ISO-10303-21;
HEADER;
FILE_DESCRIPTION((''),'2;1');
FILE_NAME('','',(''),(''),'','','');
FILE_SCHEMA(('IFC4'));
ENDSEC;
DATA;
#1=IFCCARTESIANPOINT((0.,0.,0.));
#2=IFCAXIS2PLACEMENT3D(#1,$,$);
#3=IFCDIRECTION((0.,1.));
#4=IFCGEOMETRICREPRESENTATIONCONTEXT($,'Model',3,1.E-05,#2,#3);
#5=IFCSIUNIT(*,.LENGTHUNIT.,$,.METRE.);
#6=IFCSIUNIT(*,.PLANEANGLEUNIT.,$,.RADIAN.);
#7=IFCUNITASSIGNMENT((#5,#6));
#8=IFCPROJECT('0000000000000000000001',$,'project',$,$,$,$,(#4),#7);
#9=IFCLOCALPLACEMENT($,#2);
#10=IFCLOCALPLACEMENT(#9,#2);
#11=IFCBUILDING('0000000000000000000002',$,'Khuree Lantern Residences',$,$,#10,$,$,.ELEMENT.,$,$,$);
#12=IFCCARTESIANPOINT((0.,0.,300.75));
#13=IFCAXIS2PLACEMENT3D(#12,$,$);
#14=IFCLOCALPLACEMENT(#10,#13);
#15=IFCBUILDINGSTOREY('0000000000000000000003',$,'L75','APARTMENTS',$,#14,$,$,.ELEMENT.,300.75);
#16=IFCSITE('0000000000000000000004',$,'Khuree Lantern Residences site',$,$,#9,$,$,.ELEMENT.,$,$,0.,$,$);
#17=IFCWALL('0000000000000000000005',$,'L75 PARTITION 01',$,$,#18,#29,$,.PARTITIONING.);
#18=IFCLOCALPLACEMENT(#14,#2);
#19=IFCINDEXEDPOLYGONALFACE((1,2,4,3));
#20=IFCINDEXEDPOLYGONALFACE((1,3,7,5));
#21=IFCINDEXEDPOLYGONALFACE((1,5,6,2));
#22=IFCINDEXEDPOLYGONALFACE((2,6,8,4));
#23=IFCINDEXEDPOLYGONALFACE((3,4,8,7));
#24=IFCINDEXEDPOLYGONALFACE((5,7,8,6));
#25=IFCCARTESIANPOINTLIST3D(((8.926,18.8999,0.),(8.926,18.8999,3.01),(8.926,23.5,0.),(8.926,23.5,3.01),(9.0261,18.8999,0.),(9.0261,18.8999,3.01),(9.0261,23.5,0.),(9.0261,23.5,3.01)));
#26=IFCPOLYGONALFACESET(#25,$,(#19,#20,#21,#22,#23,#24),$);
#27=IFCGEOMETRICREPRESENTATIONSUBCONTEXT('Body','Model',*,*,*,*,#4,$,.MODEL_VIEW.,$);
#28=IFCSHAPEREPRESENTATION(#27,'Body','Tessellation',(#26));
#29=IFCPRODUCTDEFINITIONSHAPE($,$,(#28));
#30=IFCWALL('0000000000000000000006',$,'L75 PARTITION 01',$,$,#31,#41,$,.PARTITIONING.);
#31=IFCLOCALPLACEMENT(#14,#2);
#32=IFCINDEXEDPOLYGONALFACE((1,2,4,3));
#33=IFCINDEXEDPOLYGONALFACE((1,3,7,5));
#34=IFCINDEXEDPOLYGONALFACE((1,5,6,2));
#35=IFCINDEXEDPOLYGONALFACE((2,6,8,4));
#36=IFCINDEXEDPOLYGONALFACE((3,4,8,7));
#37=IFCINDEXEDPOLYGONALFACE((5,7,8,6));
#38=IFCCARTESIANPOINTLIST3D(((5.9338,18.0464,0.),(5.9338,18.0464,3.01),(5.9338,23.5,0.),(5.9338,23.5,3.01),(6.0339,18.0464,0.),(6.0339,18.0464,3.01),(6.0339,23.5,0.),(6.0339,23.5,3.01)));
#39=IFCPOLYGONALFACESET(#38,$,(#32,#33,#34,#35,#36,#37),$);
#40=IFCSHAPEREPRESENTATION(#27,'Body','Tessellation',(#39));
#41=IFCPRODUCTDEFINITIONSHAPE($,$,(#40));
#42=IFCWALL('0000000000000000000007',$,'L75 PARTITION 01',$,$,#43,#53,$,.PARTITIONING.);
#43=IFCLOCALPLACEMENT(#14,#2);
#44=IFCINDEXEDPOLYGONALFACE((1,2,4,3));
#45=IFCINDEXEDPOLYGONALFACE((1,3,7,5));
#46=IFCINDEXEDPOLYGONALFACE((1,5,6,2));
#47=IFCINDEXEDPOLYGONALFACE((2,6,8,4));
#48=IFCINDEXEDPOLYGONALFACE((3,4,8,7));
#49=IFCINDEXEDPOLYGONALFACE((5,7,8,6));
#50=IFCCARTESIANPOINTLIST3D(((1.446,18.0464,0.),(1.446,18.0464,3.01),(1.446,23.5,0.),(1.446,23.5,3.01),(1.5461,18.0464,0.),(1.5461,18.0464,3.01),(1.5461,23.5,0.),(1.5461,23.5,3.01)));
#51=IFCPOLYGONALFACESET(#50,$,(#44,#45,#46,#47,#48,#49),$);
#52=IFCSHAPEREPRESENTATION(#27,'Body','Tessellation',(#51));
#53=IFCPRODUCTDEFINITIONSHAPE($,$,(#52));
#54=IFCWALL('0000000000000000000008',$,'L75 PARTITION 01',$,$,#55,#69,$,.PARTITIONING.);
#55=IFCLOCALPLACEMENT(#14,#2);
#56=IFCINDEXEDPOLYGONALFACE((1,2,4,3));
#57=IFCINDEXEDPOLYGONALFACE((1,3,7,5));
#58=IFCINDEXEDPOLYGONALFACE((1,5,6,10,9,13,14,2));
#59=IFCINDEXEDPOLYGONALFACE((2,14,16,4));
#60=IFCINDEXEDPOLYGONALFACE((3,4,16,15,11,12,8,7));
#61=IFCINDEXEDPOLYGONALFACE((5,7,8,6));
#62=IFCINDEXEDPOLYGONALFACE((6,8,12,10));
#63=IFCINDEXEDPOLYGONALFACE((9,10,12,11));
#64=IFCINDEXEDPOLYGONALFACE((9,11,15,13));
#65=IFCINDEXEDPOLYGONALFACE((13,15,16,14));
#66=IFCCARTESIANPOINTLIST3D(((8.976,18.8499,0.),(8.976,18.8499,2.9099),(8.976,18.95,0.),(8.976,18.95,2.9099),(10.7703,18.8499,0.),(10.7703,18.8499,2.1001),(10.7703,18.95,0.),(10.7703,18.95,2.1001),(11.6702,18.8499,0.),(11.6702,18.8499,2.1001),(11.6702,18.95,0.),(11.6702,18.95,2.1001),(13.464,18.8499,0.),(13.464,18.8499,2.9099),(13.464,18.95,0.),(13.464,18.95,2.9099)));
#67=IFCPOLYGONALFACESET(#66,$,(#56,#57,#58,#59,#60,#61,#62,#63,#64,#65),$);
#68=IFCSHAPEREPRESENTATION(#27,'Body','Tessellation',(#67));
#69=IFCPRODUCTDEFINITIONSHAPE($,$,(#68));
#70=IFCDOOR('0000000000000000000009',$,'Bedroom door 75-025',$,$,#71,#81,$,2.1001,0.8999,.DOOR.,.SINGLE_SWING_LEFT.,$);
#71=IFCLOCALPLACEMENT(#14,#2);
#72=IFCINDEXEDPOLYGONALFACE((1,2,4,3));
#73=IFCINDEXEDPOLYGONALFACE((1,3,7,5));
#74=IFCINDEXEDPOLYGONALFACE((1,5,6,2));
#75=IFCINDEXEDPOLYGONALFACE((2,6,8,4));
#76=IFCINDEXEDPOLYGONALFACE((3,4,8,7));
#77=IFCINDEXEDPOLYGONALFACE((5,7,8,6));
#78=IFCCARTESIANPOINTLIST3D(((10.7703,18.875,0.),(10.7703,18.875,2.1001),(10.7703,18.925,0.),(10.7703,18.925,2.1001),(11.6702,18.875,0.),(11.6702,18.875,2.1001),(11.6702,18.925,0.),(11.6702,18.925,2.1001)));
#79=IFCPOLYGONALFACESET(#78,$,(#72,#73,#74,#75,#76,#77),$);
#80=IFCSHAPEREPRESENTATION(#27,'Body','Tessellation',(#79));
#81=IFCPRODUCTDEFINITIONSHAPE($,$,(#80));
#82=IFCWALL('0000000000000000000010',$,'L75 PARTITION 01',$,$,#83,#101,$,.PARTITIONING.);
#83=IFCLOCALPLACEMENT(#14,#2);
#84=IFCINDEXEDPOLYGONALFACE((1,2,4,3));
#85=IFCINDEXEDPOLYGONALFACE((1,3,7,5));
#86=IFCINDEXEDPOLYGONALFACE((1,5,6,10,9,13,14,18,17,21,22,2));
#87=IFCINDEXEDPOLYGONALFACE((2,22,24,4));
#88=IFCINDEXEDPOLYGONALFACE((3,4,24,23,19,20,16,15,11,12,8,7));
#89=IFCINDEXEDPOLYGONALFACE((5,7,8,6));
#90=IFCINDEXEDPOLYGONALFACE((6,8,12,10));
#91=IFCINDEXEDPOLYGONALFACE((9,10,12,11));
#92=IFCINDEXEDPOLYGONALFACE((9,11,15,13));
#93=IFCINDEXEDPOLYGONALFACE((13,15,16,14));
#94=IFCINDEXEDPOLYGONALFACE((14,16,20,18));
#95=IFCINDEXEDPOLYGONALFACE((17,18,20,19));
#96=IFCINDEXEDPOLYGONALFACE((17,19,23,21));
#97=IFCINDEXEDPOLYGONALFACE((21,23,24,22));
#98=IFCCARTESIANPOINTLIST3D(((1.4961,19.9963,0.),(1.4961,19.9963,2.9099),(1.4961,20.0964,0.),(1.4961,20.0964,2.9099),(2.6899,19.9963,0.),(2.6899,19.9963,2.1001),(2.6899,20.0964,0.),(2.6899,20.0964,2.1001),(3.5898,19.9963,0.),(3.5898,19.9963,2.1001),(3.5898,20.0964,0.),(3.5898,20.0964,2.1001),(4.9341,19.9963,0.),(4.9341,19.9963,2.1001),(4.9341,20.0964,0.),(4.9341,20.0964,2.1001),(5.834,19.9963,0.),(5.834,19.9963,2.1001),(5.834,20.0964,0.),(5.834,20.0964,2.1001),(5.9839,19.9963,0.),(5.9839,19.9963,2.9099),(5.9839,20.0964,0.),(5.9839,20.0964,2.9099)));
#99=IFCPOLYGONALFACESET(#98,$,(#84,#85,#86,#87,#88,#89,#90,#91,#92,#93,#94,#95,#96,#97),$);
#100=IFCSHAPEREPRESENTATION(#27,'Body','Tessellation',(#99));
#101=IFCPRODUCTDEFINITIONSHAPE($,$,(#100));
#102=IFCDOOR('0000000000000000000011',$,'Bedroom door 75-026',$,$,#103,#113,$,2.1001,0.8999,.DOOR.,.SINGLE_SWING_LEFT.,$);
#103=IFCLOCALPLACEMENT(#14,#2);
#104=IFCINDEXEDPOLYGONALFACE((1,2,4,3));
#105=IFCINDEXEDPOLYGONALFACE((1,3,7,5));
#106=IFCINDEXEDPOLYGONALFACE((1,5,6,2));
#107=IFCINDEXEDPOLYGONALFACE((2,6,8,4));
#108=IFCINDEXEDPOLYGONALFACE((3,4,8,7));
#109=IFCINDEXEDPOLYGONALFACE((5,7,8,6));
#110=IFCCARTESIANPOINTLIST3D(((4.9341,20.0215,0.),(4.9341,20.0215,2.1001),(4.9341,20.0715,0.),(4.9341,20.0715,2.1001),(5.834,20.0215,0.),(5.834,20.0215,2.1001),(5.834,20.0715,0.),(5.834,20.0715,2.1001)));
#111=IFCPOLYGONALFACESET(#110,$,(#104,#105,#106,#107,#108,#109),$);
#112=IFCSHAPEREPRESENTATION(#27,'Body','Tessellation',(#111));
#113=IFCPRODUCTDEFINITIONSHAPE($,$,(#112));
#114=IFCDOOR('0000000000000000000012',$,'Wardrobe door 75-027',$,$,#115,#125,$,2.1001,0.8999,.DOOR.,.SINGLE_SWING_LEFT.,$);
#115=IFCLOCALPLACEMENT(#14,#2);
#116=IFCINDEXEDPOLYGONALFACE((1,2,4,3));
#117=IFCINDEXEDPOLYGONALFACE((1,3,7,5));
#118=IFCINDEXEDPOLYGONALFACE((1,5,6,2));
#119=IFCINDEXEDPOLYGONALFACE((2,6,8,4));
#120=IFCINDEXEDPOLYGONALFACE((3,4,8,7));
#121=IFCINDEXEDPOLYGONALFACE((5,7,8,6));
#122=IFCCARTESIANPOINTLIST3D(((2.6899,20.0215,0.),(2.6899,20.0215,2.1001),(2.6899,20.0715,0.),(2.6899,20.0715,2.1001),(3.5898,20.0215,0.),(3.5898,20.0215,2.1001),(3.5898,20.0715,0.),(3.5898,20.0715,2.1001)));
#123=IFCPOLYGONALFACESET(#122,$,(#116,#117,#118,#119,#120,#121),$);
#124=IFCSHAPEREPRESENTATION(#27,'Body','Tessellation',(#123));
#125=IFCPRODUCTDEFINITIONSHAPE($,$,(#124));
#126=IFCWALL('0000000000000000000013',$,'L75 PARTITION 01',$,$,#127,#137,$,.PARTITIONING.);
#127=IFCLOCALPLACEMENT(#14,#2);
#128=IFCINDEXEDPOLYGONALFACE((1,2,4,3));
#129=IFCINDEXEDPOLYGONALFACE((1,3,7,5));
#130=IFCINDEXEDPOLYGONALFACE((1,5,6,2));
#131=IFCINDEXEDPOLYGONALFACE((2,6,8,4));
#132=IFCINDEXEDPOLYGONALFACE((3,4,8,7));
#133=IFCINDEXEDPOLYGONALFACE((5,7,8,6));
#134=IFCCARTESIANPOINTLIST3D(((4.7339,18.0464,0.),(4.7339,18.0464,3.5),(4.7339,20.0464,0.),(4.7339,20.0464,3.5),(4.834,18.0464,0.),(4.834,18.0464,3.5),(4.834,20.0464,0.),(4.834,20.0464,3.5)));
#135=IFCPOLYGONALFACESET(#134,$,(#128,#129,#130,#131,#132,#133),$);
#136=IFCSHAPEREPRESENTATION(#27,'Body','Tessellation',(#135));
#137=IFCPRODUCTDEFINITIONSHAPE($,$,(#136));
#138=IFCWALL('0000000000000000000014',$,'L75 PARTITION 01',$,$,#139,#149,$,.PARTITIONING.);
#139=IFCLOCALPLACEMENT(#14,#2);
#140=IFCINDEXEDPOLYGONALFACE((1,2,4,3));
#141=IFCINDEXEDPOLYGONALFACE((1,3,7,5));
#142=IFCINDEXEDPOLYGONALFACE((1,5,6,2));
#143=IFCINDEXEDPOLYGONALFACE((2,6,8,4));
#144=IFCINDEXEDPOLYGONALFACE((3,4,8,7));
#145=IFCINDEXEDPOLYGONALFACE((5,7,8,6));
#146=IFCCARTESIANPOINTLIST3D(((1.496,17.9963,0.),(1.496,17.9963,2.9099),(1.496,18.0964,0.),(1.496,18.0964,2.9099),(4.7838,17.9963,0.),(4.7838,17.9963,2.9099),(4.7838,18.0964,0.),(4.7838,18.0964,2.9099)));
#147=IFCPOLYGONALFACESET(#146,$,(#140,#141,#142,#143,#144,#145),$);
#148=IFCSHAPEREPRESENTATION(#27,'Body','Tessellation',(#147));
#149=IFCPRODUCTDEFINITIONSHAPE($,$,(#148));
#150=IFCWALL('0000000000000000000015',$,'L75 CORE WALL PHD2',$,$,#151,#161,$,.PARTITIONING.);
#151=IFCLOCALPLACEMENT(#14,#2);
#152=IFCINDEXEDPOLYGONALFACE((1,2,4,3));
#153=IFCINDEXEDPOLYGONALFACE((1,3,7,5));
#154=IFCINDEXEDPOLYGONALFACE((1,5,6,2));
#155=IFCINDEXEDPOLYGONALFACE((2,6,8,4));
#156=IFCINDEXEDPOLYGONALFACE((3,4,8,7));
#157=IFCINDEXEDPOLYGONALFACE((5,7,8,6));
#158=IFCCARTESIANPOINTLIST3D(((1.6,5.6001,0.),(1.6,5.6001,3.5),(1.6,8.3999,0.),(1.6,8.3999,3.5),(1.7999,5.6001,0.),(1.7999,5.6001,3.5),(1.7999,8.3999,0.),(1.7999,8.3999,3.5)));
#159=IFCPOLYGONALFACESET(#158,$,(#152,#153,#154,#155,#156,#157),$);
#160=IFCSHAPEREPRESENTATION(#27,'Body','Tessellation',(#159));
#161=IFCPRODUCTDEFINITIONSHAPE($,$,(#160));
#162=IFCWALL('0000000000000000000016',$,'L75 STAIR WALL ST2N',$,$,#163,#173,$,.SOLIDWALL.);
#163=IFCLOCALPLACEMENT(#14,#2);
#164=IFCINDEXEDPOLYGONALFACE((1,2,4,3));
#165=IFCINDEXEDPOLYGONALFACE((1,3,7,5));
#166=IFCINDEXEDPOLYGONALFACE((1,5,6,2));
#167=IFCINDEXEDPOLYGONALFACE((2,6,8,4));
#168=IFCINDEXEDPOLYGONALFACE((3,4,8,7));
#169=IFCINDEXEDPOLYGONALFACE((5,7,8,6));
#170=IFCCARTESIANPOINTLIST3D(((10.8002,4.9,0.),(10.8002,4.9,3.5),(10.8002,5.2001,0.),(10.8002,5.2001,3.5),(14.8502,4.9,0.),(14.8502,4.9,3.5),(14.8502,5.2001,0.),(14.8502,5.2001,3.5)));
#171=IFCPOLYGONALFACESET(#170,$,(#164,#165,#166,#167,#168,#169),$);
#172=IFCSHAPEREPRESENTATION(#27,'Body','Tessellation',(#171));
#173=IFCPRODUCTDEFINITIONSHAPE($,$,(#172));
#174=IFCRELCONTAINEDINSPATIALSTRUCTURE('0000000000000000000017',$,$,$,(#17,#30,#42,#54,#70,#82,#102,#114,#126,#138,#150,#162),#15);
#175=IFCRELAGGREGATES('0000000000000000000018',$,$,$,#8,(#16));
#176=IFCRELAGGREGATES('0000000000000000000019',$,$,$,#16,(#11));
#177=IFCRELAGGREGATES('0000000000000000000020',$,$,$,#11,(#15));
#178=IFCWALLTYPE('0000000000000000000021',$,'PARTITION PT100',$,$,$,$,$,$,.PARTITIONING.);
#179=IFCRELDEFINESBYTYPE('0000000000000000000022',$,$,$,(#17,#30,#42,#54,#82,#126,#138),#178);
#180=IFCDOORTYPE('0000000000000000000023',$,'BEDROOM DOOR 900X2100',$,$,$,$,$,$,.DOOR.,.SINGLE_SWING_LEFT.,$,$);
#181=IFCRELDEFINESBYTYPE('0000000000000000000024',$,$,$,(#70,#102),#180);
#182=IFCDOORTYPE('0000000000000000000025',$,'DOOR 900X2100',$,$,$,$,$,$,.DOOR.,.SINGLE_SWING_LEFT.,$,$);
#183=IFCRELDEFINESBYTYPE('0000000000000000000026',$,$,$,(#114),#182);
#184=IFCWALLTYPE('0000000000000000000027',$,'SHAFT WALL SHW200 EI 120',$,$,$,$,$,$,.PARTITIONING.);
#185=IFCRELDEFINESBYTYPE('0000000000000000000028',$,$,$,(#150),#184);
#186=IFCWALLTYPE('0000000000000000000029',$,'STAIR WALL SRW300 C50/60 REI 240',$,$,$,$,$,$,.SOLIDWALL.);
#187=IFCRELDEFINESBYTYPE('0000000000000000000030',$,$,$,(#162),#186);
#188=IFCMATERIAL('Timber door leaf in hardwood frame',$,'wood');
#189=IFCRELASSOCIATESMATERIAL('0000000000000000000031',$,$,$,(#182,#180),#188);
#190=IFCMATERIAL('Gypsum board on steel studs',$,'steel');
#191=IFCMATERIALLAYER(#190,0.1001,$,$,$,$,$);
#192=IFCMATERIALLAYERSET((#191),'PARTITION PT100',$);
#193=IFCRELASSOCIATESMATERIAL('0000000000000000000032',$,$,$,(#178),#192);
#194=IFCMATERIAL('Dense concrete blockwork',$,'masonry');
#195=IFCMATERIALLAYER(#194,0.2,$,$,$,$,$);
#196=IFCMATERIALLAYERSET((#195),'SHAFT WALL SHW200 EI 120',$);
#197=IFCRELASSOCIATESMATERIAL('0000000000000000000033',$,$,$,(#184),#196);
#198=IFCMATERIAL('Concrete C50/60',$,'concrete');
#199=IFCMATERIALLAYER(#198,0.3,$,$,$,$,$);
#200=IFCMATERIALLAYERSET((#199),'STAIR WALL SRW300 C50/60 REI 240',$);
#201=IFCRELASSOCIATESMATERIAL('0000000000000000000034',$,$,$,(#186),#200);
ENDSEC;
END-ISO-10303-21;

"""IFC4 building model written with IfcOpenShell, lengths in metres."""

from ifc_helpers import new_model, si_unit, direction, frame, frame_2d, origin, place, context, subcontext, project, spatial, rectangle, extrude, material, layer, layer_set, type_object, element, fill, save


model = new_model("IFC4")

# Units and contexts
model_context = context("Model", 3, precision=1e-05, world=origin(), true_north=direction((0.0, 1.0)))
body_context = subcontext(model_context, "Body", "Model", "MODEL_VIEW")
ifc_project = project(units=[si_unit("LENGTHUNIT", "METRE"), si_unit("PLANEANGLEUNIT", "RADIAN")], contexts=[model_context])

# Site, building, storey
site_placement = place(None, origin())
site = spatial("IfcSite", under=ifc_project, at=site_placement, Name="Khuree Lantern Residences site", CompositionType="ELEMENT", RefElevation=0.0)
building_placement = place(site_placement, origin())
building = spatial("IfcBuilding", under=site, at=building_placement, Name="Khuree Lantern Residences", CompositionType="ELEMENT")
storey_placement = place(building_placement, frame((0.0, 0.0, 300.75)))
storey = spatial("IfcBuildingStorey", under=building, at=storey_placement, Name="L75", Description="APARTMENTS", CompositionType="ELEMENT", Elevation=300.75)

# Shared definitions
ifc_material_1 = material(Name="Concrete C50/60", Category="concrete")

# Shared definitions
ifc_material_2 = material(Name="Dense concrete blockwork", Category="masonry")

# Shared definitions
ifc_material_3 = material(Name="Timber door leaf in hardwood frame", Category="wood")
door_type_1 = type_object("IfcDoorType", Name="DOOR 900X2100", OperationType="SINGLE_SWING_LEFT", PredefinedType="DOOR", material=ifc_material_3)

# Walls
ifc_material_4 = material(Name="Gypsum board on steel studs", Category="steel")
ifc_layer_1 = layer(ifc_material_4, 0.1001)
ifc_layer_set_1 = layer_set([ifc_layer_1], Name="PARTITION PT100")
wall_type_1 = type_object("IfcWallType", Name="PARTITION PT100", PredefinedType="PARTITIONING", material=ifc_layer_set_1)
for number, where, z_axis, x_axis, name in (
    (1, (8.9761, 18.8999, 0.0), (0.0, 0.0, 1.0), (0.0, 1.0, 0.0), "L75 PARTITION 01"),
):
    element("IfcWall", number, at=place(storey_placement, frame(where, z_axis=z_axis, x_axis=x_axis)), inside=storey, type_object=wall_type_1, Name=name, PredefinedType="PARTITIONING", context=body_context, shape_type="SweptSolid", body=[
        extrude(rectangle(XDim=4.6001, YDim=0.1001, at=frame_2d((2.3, 0.0))), origin(), (0.0, 0.0, 1.0), 3.01),
    ])
for number, where, z_axis, x_axis, name in (
    (2, (5.9839, 18.0464, 0.0), (0.0, 0.0, 1.0), (0.0, 1.0, 0.0), "L75 PARTITION 01"),
    (3, (1.4961, 18.0464, 0.0), (0.0, 0.0, 1.0), (0.0, 1.0, 0.0), "L75 PARTITION 01"),
):
    element("IfcWall", number, at=place(storey_placement, frame(where, z_axis=z_axis, x_axis=x_axis)), inside=storey, type_object=wall_type_1, Name=name, PredefinedType="PARTITIONING", context=body_context, shape_type="SweptSolid", body=[
        extrude(rectangle(XDim=5.4536, YDim=0.1001, at=frame_2d((2.7268, 0.0))), origin(), (0.0, 0.0, 1.0), 3.01),
    ])

# Wall, opening, door
wall_1_placement = place(storey_placement, frame((13.4641, 18.8999, 0.0), z_axis=(0.0, 0.0, 1.0), x_axis=(-1.0, 0.0, 0.0)))
wall_1 = element("IfcWall", 4, at=wall_1_placement, inside=storey, type_object=wall_type_1, Name="L75 PARTITION 01", PredefinedType="PARTITIONING", context=body_context, shape_type="SweptSolid", body=[
    extrude(rectangle(XDim=4.488, YDim=0.1001, at=frame_2d((2.2441, 0.0))), origin(), (0.0, 0.0, 1.0), 2.9099),
])
opening_1_placement = place(wall_1_placement, frame((1.7939, 0.0, 0.0)))
opening_1 = element("IfcOpeningElement", 5, at=opening_1_placement, cuts=wall_1, PredefinedType="OPENING", context=body_context, shape_type="SweptSolid", body=[
    extrude(rectangle(XDim=0.8999, YDim=2.1001, at=frame_2d((0.45, 1.05))), frame((0.0, 0.0601, 0.0), z_axis=(0.0, -1.0, 0.0), x_axis=(1.0, 0.0, 0.0)), (0.0, 0.0, 1.0), 0.1201),
])
door_type_2 = type_object("IfcDoorType", Name="BEDROOM DOOR 900X2100", OperationType="SINGLE_SWING_LEFT", PredefinedType="DOOR", material=ifc_material_3)
door_1_placement = place(opening_1_placement, origin())
door_1 = element("IfcDoor", 6, at=door_1_placement, inside=storey, type_object=door_type_2, Name="Bedroom door 75-025", OperationType="SINGLE_SWING_LEFT", OverallHeight=2.1001, OverallWidth=0.8999, PredefinedType="DOOR", context=body_context, shape_type="SweptSolid", body=[
    extrude(rectangle(XDim=0.8999, YDim=2.1001, at=frame_2d((0.45, 1.05))), frame((0.0, 0.0249, 0.0), z_axis=(0.0, -1.0, 0.0), x_axis=(1.0, 0.0, 0.0)), (0.0, 0.0, 1.0), 0.05),
])
fill(opening_1, door_1)

# Wall, openings, doors
wall_2_placement = place(storey_placement, frame((5.9839, 20.0464, 0.0), z_axis=(0.0, 0.0, 1.0), x_axis=(-1.0, 0.0, 0.0)))
wall_2 = element("IfcWall", 7, at=wall_2_placement, inside=storey, type_object=wall_type_1, Name="L75 PARTITION 01", PredefinedType="PARTITIONING", context=body_context, shape_type="SweptSolid", body=[
    extrude(rectangle(XDim=4.4878, YDim=0.1001, at=frame_2d((2.2439, 0.0))), origin(), (0.0, 0.0, 1.0), 2.9099),
])
opening_2_placement = place(wall_2_placement, frame((0.1499, 0.0, 0.0)))
opening_2 = element("IfcOpeningElement", 8, at=opening_2_placement, cuts=wall_2, PredefinedType="OPENING", context=body_context, shape_type="SweptSolid", body=[
    extrude(rectangle(XDim=0.8999, YDim=2.1001, at=frame_2d((0.45, 1.05))), frame((0.0, 0.0601, 0.0), z_axis=(0.0, -1.0, 0.0), x_axis=(1.0, 0.0, 0.0)), (0.0, 0.0, 1.0), 0.1201),
])
opening_3_placement = place(wall_2_placement, frame((2.394, 0.0, 0.0)))
opening_3 = element("IfcOpeningElement", 9, at=opening_3_placement, cuts=wall_2, PredefinedType="OPENING", context=body_context, shape_type="SweptSolid", body=[
    extrude(rectangle(XDim=0.8999, YDim=2.1001, at=frame_2d((0.45, 1.05))), frame((0.0, 0.0601, 0.0), z_axis=(0.0, -1.0, 0.0), x_axis=(1.0, 0.0, 0.0)), (0.0, 0.0, 1.0), 0.1201),
])
door_2_placement = place(opening_2_placement, origin())
door_2 = element("IfcDoor", 10, at=door_2_placement, inside=storey, type_object=door_type_2, Name="Bedroom door 75-026", OperationType="SINGLE_SWING_LEFT", OverallHeight=2.1001, OverallWidth=0.8999, PredefinedType="DOOR", context=body_context, shape_type="SweptSolid", body=[
    extrude(rectangle(XDim=0.8999, YDim=2.1001, at=frame_2d((0.45, 1.05))), frame((0.0, 0.0249, 0.0), z_axis=(0.0, -1.0, 0.0), x_axis=(1.0, 0.0, 0.0)), (0.0, 0.0, 1.0), 0.05),
])
fill(opening_2, door_2)
door_3_placement = place(opening_3_placement, origin())
door_3 = element("IfcDoor", 11, at=door_3_placement, inside=storey, type_object=door_type_1, Name="Wardrobe door 75-027", OperationType="SINGLE_SWING_LEFT", OverallHeight=2.1001, OverallWidth=0.8999, PredefinedType="DOOR", context=body_context, shape_type="SweptSolid", body=[
    extrude(rectangle(XDim=0.8999, YDim=2.1001, at=frame_2d((0.45, 1.05))), frame((0.0, 0.0249, 0.0), z_axis=(0.0, -1.0, 0.0), x_axis=(1.0, 0.0, 0.0)), (0.0, 0.0, 1.0), 0.05),
])
fill(opening_3, door_3)

# Walls
wall_3_placement = place(storey_placement, frame((4.7839, 18.0464, 0.0), z_axis=(0.0, 0.0, 1.0), x_axis=(0.0, 1.0, 0.0)))
element("IfcWall", 12, at=wall_3_placement, inside=storey, type_object=wall_type_1, Name="L75 PARTITION 01", PredefinedType="PARTITIONING", context=body_context, shape_type="SweptSolid", body=[
    extrude(rectangle(XDim=2.0, YDim=0.1001, at=frame_2d((1.0, 0.0))), origin(), (0.0, 0.0, 1.0), 3.5),
])
wall_4_placement = place(storey_placement, frame((4.7839, 18.0464, 0.0), z_axis=(0.0, 0.0, 1.0), x_axis=(-1.0, 0.0, 0.0)))
element("IfcWall", 13, at=wall_4_placement, inside=storey, type_object=wall_type_1, Name="L75 PARTITION 01", PredefinedType="PARTITIONING", context=body_context, shape_type="SweptSolid", body=[
    extrude(rectangle(XDim=3.2878, YDim=0.1001, at=frame_2d((1.644, 0.0))), origin(), (0.0, 0.0, 1.0), 2.9099),
])
ifc_layer_2 = layer(ifc_material_2, 0.2)
ifc_layer_set_2 = layer_set([ifc_layer_2], Name="SHAFT WALL SHW200 EI 120")
wall_type_2 = type_object("IfcWallType", Name="SHAFT WALL SHW200 EI 120", PredefinedType="PARTITIONING", material=ifc_layer_set_2)
wall_5_placement = place(storey_placement, frame((1.7, 5.6001, 0.0), z_axis=(0.0, 0.0, 1.0), x_axis=(0.0, 1.0, 0.0)))
element("IfcWall", 14, at=wall_5_placement, inside=storey, type_object=wall_type_2, Name="L75 CORE WALL PHD2", PredefinedType="PARTITIONING", context=body_context, shape_type="SweptSolid", body=[
    extrude(rectangle(XDim=2.7998, YDim=0.2, at=frame_2d((1.3999, 0.0))), origin(), (0.0, 0.0, 1.0), 3.5),
])
ifc_layer_3 = layer(ifc_material_1, 0.3)
ifc_layer_set_3 = layer_set([ifc_layer_3], Name="STAIR WALL SRW300 C50/60 REI 240")
wall_type_3 = type_object("IfcWallType", Name="STAIR WALL SRW300 C50/60 REI 240", PredefinedType="SOLIDWALL", material=ifc_layer_set_3)
wall_6_placement = place(storey_placement, frame((14.8501, 5.05, 0.0), z_axis=(0.0, 0.0, 1.0), x_axis=(-1.0, 0.0, 0.0)))
element("IfcWall", 15, at=wall_6_placement, inside=storey, type_object=wall_type_3, Name="L75 STAIR WALL ST2N", PredefinedType="SOLIDWALL", context=body_context, shape_type="SweptSolid", body=[
    extrude(rectangle(XDim=4.05, YDim=0.3, at=frame_2d((2.0249, 0.0))), origin(), (0.0, 0.0, 1.0), 3.5),
])

save(model, "model.ifc")
